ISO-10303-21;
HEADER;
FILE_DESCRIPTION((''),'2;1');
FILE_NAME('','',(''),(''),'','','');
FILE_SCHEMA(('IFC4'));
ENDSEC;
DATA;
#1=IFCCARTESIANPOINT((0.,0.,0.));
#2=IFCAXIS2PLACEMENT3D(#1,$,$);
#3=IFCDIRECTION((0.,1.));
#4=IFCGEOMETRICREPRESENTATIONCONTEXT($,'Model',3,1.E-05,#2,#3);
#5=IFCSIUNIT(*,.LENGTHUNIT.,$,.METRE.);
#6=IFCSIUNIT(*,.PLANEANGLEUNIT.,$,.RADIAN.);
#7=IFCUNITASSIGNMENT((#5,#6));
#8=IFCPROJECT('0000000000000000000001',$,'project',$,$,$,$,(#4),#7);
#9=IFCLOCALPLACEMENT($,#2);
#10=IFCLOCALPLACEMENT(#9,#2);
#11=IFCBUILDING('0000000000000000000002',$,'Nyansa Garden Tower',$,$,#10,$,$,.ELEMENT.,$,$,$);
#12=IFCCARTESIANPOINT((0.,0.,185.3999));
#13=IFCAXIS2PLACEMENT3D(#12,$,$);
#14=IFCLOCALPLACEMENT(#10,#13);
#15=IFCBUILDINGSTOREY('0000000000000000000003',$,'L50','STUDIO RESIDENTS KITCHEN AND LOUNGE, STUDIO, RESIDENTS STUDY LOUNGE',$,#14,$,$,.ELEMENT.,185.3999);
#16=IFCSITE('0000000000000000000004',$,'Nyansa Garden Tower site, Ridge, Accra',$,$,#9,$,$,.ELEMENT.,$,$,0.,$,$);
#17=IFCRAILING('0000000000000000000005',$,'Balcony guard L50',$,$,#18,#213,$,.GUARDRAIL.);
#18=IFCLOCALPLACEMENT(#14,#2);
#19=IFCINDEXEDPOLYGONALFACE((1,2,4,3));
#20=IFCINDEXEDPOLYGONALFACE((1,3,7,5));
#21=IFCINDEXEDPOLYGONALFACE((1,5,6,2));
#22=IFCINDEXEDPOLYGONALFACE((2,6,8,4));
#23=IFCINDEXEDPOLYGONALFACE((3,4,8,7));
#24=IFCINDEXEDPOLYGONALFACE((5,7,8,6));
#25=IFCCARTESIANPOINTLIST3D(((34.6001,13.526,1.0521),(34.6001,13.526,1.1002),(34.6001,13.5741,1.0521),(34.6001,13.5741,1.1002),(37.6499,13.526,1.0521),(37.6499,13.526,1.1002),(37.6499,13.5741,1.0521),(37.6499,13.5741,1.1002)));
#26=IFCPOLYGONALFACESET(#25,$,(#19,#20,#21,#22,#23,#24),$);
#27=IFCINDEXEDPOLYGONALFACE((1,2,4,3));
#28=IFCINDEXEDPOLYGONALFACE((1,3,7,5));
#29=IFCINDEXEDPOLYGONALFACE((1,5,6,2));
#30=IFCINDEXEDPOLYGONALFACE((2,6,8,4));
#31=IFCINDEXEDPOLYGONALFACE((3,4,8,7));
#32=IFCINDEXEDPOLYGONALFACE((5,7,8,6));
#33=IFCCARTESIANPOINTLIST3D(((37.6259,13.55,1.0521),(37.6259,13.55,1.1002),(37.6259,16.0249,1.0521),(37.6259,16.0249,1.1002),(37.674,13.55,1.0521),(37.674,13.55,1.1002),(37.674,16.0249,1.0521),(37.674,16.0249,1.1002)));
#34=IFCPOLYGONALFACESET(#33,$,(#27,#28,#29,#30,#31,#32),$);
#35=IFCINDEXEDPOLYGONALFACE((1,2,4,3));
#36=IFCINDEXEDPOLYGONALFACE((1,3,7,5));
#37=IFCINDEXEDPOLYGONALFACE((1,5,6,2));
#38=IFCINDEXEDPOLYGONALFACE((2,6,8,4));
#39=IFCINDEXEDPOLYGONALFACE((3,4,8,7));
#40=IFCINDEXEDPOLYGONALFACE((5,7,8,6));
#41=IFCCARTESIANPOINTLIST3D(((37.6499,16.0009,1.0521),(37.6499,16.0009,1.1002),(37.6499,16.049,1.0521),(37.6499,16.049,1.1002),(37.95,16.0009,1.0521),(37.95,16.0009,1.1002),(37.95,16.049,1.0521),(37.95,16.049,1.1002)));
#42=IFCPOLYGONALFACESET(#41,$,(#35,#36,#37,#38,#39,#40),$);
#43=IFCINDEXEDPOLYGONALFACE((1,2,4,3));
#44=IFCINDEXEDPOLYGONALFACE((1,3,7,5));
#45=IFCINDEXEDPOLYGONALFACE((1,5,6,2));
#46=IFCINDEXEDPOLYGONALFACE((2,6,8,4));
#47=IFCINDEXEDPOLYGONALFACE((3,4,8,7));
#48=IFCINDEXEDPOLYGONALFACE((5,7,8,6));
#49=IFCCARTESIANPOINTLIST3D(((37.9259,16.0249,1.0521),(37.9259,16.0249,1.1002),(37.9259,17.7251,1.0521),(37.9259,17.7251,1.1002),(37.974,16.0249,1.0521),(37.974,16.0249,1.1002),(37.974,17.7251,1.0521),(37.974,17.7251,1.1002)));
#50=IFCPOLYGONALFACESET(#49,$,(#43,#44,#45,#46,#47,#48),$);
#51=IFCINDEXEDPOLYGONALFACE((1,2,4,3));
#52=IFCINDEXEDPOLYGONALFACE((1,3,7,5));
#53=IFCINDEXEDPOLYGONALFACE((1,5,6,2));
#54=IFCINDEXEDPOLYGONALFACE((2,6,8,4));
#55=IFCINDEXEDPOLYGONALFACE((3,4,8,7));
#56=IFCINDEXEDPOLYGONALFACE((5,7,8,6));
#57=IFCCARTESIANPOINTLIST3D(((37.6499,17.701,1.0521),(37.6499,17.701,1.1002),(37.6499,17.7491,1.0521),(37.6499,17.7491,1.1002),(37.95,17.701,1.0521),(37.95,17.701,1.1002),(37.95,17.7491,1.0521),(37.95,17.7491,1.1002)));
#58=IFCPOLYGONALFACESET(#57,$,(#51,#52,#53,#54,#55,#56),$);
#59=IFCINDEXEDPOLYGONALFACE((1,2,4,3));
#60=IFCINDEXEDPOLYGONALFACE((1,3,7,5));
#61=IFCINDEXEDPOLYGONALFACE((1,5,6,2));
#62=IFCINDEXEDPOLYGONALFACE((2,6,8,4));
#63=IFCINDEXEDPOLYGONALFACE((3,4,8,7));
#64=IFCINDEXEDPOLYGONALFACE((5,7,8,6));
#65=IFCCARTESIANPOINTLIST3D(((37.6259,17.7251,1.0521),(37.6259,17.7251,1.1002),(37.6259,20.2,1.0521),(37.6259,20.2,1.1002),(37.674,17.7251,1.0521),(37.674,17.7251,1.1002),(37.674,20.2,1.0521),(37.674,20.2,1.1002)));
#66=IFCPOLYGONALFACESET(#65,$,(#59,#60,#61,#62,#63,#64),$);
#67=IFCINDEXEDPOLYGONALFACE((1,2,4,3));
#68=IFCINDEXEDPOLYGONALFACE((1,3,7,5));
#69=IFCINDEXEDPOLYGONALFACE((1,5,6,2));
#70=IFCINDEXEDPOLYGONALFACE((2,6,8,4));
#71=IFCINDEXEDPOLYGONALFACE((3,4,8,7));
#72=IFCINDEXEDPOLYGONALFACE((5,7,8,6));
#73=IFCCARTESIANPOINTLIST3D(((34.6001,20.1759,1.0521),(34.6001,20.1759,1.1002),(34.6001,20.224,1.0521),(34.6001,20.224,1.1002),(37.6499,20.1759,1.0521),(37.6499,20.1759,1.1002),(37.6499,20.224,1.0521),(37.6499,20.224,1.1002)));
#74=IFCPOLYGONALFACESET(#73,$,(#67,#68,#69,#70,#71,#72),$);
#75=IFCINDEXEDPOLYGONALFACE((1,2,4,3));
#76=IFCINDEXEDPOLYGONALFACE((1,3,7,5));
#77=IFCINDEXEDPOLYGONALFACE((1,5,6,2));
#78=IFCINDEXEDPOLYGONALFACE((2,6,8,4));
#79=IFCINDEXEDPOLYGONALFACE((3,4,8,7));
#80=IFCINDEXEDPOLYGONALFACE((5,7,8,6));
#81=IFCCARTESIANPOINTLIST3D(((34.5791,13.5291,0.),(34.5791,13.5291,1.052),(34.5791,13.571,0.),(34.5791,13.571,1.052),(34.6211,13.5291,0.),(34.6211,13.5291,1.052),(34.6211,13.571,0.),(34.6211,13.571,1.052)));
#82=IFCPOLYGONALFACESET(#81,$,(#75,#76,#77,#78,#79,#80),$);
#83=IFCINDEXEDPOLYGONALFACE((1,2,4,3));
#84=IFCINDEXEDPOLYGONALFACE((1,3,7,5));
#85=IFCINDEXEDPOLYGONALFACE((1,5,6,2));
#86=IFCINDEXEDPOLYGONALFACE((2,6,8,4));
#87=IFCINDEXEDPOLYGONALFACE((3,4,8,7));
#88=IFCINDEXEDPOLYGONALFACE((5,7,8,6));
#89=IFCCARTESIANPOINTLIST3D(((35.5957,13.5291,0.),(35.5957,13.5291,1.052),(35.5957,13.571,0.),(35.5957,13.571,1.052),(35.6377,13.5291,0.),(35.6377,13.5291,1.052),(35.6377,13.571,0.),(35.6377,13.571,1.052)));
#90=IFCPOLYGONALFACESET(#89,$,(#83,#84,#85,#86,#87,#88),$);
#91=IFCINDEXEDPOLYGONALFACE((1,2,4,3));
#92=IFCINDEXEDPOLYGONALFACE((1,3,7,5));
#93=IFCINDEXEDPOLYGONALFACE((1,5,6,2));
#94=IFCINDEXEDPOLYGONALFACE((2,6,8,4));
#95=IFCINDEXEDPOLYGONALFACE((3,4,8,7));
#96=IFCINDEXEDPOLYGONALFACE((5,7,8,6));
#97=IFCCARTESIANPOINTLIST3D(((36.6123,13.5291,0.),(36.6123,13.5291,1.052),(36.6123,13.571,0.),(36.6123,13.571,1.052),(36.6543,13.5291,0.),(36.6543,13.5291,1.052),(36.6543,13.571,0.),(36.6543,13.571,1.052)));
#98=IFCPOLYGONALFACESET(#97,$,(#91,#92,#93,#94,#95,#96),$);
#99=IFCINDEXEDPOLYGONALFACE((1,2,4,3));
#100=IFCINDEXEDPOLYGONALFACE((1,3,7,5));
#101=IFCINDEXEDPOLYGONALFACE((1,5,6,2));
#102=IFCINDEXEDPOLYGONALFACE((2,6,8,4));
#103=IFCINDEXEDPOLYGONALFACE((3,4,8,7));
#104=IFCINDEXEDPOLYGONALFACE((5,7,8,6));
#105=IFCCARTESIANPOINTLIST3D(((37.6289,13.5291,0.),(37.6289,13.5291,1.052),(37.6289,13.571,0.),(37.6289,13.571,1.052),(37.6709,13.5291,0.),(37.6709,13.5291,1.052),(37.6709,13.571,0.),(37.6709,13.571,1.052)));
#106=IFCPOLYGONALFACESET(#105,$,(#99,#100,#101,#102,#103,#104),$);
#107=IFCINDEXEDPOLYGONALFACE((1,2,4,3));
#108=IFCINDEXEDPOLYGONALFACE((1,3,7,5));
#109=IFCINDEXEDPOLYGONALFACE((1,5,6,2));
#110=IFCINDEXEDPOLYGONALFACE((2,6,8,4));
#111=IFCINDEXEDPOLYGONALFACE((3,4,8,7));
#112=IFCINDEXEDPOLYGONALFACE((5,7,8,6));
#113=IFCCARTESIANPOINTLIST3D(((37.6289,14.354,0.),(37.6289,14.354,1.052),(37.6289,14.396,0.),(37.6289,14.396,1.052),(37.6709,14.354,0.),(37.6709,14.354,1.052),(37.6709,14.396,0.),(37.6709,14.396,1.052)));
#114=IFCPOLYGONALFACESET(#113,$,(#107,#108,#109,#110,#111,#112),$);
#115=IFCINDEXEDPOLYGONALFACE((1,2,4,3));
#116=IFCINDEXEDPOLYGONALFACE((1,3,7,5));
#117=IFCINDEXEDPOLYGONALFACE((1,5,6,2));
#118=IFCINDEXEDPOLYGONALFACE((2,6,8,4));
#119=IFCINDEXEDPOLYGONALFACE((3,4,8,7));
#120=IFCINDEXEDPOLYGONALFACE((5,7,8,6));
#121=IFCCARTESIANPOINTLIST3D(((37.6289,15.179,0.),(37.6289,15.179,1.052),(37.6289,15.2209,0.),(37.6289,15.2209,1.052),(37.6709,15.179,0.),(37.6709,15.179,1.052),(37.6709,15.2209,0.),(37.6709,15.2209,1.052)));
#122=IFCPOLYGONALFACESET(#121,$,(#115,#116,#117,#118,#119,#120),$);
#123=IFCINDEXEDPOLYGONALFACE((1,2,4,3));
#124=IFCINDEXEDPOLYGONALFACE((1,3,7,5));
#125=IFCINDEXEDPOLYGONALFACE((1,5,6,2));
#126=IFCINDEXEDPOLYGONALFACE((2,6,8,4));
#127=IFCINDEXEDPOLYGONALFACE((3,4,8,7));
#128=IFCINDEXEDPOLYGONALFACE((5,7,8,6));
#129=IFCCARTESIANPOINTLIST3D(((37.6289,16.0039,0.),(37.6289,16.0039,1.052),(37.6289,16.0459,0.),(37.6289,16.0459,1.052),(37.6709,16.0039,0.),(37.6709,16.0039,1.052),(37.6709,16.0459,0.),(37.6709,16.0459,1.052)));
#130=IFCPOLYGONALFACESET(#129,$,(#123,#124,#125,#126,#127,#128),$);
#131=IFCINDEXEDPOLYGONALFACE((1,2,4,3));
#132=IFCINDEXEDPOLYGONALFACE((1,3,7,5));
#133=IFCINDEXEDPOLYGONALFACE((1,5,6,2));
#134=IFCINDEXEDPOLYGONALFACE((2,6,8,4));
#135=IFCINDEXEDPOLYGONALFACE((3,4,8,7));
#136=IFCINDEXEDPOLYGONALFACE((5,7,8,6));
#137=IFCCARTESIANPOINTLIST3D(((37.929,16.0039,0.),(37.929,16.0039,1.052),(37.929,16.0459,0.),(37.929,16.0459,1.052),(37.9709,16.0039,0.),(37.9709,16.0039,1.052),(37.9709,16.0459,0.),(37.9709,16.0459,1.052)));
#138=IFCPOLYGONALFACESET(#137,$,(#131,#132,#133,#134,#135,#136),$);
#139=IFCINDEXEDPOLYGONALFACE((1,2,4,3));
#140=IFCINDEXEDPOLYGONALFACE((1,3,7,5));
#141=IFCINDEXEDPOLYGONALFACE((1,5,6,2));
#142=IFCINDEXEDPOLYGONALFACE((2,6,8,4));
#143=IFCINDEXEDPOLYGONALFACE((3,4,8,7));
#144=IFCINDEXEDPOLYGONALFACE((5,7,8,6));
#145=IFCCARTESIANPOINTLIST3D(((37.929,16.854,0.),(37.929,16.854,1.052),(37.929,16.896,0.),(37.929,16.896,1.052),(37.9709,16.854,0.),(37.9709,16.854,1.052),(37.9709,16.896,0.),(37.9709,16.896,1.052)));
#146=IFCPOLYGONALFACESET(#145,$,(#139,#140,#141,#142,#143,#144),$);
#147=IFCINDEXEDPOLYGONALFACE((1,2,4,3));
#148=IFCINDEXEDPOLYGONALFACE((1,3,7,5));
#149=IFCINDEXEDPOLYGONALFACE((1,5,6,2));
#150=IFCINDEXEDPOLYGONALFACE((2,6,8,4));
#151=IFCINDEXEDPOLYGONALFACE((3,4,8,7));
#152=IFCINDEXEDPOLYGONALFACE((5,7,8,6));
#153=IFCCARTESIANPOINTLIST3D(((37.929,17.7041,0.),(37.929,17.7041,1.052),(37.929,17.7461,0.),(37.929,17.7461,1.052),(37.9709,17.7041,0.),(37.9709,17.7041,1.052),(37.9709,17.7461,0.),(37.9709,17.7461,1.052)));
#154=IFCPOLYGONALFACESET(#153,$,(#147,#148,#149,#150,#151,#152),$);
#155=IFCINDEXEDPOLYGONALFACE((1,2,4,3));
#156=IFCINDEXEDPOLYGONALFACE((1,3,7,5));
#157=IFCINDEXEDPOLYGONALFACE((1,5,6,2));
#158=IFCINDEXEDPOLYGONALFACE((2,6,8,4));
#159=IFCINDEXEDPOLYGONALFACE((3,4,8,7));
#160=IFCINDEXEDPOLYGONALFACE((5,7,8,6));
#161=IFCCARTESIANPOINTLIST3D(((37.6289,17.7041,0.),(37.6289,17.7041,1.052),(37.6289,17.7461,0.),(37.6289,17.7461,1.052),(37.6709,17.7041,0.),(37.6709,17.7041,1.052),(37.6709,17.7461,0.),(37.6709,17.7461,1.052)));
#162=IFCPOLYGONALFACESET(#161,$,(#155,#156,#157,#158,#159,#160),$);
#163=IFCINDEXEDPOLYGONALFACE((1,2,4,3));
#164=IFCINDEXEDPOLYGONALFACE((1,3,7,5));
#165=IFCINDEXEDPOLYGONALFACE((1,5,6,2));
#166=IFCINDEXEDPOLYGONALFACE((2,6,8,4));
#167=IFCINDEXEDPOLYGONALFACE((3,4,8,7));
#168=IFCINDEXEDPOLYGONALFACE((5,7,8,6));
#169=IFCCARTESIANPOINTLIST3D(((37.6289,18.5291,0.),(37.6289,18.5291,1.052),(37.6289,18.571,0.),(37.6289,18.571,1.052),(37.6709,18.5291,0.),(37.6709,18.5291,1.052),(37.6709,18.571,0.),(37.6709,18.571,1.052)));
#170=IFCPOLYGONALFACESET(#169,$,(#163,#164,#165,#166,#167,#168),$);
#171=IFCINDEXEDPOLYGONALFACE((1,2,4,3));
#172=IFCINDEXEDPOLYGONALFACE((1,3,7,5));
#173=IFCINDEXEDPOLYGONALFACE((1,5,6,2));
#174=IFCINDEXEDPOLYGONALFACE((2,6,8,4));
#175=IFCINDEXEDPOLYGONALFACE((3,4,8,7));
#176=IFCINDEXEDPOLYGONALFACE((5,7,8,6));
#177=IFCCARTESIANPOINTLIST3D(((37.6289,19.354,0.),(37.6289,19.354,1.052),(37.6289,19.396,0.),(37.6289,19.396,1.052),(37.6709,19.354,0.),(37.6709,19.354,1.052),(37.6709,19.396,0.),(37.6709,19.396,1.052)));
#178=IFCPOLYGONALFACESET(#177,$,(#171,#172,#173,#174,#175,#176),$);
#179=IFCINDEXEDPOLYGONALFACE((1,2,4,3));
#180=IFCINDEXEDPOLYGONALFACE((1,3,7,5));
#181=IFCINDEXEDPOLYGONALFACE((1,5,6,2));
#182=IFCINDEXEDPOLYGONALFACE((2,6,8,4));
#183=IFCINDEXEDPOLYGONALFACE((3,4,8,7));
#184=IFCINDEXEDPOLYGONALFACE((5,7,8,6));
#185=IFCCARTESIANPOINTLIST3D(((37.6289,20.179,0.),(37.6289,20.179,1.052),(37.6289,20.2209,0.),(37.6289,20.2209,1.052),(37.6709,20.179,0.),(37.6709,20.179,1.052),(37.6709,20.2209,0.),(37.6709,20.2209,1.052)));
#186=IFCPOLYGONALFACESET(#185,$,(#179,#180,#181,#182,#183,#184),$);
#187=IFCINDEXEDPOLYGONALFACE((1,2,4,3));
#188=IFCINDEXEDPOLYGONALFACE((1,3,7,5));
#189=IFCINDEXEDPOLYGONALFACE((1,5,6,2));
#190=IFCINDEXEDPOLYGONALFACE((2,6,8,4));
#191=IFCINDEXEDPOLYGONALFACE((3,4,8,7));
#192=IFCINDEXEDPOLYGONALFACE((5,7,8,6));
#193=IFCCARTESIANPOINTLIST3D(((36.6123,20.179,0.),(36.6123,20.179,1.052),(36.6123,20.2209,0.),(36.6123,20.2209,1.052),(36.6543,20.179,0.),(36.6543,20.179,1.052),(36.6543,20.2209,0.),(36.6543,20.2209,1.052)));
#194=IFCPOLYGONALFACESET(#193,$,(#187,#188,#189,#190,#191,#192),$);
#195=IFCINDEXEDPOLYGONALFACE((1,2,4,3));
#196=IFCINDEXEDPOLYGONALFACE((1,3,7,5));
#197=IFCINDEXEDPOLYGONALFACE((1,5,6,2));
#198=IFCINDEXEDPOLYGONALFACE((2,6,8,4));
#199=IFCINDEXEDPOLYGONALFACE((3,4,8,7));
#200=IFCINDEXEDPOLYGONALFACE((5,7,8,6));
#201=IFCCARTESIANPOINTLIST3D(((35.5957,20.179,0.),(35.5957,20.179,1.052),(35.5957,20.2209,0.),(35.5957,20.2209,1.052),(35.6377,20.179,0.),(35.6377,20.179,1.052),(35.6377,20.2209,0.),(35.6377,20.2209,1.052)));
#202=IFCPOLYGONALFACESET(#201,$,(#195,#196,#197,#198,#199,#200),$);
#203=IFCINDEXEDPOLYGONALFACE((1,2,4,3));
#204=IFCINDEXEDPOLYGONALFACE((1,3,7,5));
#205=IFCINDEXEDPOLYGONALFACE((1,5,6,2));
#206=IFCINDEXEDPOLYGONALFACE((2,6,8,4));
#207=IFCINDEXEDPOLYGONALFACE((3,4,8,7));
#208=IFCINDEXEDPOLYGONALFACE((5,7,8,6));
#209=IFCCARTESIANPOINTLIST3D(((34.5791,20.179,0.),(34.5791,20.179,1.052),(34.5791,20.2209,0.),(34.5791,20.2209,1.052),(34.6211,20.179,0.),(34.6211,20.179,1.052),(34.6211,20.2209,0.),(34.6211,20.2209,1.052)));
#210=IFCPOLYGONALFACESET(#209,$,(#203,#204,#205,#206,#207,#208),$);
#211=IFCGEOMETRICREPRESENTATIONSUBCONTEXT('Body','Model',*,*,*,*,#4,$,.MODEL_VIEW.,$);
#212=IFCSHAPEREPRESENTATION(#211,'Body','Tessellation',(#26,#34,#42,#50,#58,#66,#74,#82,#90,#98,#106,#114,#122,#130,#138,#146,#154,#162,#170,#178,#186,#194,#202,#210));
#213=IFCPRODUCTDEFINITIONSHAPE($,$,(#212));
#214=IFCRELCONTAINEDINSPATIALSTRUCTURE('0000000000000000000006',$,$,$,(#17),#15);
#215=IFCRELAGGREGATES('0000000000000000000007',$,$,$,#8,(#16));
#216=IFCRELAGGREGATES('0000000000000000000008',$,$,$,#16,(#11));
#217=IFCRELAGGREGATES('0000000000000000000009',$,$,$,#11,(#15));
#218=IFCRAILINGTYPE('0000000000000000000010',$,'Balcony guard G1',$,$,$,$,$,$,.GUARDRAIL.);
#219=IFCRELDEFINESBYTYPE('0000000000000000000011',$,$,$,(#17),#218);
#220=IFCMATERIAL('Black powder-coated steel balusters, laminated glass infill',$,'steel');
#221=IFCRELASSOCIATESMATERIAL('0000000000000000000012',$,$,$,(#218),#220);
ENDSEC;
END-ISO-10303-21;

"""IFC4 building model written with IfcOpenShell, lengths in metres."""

from ifc_helpers import new_model, si_unit, direction, frame, origin, origin_2d, place, context, subcontext, project, spatial, rectangle, extrude, material, type_object, element, save


model = new_model("IFC4")

# Units and contexts
model_context = context("Model", 3, precision=1e-05, world=origin(), true_north=direction((0.0, 1.0)))
body_context = subcontext(model_context, "Body", "Model", "MODEL_VIEW")
ifc_project = project(units=[si_unit("LENGTHUNIT", "METRE"), si_unit("PLANEANGLEUNIT", "RADIAN")], contexts=[model_context])

# Site, building, storey
site_placement = place(None, origin())
site = spatial("IfcSite", under=ifc_project, at=site_placement, Name="Nyansa Garden Tower site, Ridge, Accra", CompositionType="ELEMENT", RefElevation=0.0)
building_placement = place(site_placement, origin())
building = spatial("IfcBuilding", under=site, at=building_placement, Name="Nyansa Garden Tower", CompositionType="ELEMENT")
storey_placement = place(building_placement, frame((0.0, 0.0, 185.3999)))
storey = spatial("IfcBuildingStorey", under=building, at=storey_placement, Name="L50", Description="STUDIO RESIDENTS KITCHEN AND LOUNGE, STUDIO, RESIDENTS STUDY LOUNGE", CompositionType="ELEMENT", Elevation=185.3999)

# Railing
ifc_material_1 = material(Name="Black powder-coated steel balusters, laminated glass infill", Category="steel")
railing_type = type_object("IfcRailingType", Name="Balcony guard G1", PredefinedType="GUARDRAIL", material=ifc_material_1)
railing_placement = place(storey_placement, frame((34.6001, 13.55, 0.0)))
element("IfcRailing", 1, at=railing_placement, inside=storey, type_object=railing_type, Name="Balcony guard L50", PredefinedType="GUARDRAIL", context=body_context, shape_type="SweptSolid", body=[
    extrude(rectangle(XDim=0.0481, YDim=0.0481, at=origin_2d()), frame((0.0, 0.0, 1.0762), z_axis=(1.0, 0.0, 0.0), x_axis=(0.0, 1.0, 0.0)), (0.0, 0.0, 1.0), 3.0498),
    extrude(rectangle(XDim=0.0481, YDim=0.0481, at=origin_2d()), frame((3.0498, 0.0, 1.0762), z_axis=(0.0, 1.0, 0.0), x_axis=(-1.0, 0.0, 0.0)), (0.0, 0.0, 1.0), 2.4749),
    extrude(rectangle(XDim=0.0481, YDim=0.0481, at=origin_2d()), frame((3.0498, 2.4749, 1.0762), z_axis=(1.0, 0.0, 0.0), x_axis=(0.0, 1.0, 0.0)), (0.0, 0.0, 1.0), 0.3),
    extrude(rectangle(XDim=0.0481, YDim=0.0481, at=origin_2d()), frame((3.3499, 2.4749, 1.0762), z_axis=(0.0, 1.0, 0.0), x_axis=(-1.0, 0.0, 0.0)), (0.0, 0.0, 1.0), 1.7002),
    extrude(rectangle(XDim=0.0481, YDim=0.0481, at=origin_2d()), frame((3.3499, 4.175, 1.0762), z_axis=(-1.0, 0.0, 0.0), x_axis=(0.0, -1.0, 0.0)), (0.0, 0.0, 1.0), 0.3),
    extrude(rectangle(XDim=0.0481, YDim=0.0481, at=origin_2d()), frame((3.0498, 4.175, 1.0762), z_axis=(0.0, 1.0, 0.0), x_axis=(-1.0, 0.0, 0.0)), (0.0, 0.0, 1.0), 2.4749),
    extrude(rectangle(XDim=0.0481, YDim=0.0481, at=origin_2d()), frame((3.0498, 6.6499, 1.0762), z_axis=(-1.0, 0.0, 0.0), x_axis=(0.0, -1.0, 0.0)), (0.0, 0.0, 1.0), 3.0498),
    extrude(rectangle(XDim=0.042, YDim=0.042, at=origin_2d()), origin(), (0.0, 0.0, 1.0), 1.052),
    extrude(rectangle(XDim=0.042, YDim=0.042, at=origin_2d()), frame((1.0166, 0.0, 0.0)), (0.0, 0.0, 1.0), 1.052),
    extrude(rectangle(XDim=0.042, YDim=0.042, at=origin_2d()), frame((2.0332, 0.0, 0.0)), (0.0, 0.0, 1.0), 1.052),
    extrude(rectangle(XDim=0.042, YDim=0.042, at=origin_2d()), frame((3.0498, 0.0, 0.0)), (0.0, 0.0, 1.0), 1.052),
    extrude(rectangle(XDim=0.042, YDim=0.042, at=origin_2d()), frame((3.0498, 0.825, 0.0)), (0.0, 0.0, 1.0), 1.052),
    extrude(rectangle(XDim=0.042, YDim=0.042, at=origin_2d()), frame((3.0498, 1.6499, 0.0)), (0.0, 0.0, 1.0), 1.052),
    extrude(rectangle(XDim=0.042, YDim=0.042, at=origin_2d()), frame((3.0498, 2.4749, 0.0)), (0.0, 0.0, 1.0), 1.052),
    extrude(rectangle(XDim=0.042, YDim=0.042, at=origin_2d()), frame((3.3499, 2.4749, 0.0)), (0.0, 0.0, 1.0), 1.052),
    extrude(rectangle(XDim=0.042, YDim=0.042, at=origin_2d()), frame((3.3499, 3.325, 0.0)), (0.0, 0.0, 1.0), 1.052),
    extrude(rectangle(XDim=0.042, YDim=0.042, at=origin_2d()), frame((3.3499, 4.175, 0.0)), (0.0, 0.0, 1.0), 1.052),
    extrude(rectangle(XDim=0.042, YDim=0.042, at=origin_2d()), frame((3.0498, 4.175, 0.0)), (0.0, 0.0, 1.0), 1.052),
    extrude(rectangle(XDim=0.042, YDim=0.042, at=origin_2d()), frame((3.0498, 5.0, 0.0)), (0.0, 0.0, 1.0), 1.052),
    extrude(rectangle(XDim=0.042, YDim=0.042, at=origin_2d()), frame((3.0498, 5.825, 0.0)), (0.0, 0.0, 1.0), 1.052),
    extrude(rectangle(XDim=0.042, YDim=0.042, at=origin_2d()), frame((3.0498, 6.6499, 0.0)), (0.0, 0.0, 1.0), 1.052),
    extrude(rectangle(XDim=0.042, YDim=0.042, at=origin_2d()), frame((2.0332, 6.6499, 0.0)), (0.0, 0.0, 1.0), 1.052),
    extrude(rectangle(XDim=0.042, YDim=0.042, at=origin_2d()), frame((1.0166, 6.6499, 0.0)), (0.0, 0.0, 1.0), 1.052),
    extrude(rectangle(XDim=0.042, YDim=0.042, at=origin_2d()), frame((0.0, 6.6499, 0.0)), (0.0, 0.0, 1.0), 1.052),
])

save(model, "model.ifc")
